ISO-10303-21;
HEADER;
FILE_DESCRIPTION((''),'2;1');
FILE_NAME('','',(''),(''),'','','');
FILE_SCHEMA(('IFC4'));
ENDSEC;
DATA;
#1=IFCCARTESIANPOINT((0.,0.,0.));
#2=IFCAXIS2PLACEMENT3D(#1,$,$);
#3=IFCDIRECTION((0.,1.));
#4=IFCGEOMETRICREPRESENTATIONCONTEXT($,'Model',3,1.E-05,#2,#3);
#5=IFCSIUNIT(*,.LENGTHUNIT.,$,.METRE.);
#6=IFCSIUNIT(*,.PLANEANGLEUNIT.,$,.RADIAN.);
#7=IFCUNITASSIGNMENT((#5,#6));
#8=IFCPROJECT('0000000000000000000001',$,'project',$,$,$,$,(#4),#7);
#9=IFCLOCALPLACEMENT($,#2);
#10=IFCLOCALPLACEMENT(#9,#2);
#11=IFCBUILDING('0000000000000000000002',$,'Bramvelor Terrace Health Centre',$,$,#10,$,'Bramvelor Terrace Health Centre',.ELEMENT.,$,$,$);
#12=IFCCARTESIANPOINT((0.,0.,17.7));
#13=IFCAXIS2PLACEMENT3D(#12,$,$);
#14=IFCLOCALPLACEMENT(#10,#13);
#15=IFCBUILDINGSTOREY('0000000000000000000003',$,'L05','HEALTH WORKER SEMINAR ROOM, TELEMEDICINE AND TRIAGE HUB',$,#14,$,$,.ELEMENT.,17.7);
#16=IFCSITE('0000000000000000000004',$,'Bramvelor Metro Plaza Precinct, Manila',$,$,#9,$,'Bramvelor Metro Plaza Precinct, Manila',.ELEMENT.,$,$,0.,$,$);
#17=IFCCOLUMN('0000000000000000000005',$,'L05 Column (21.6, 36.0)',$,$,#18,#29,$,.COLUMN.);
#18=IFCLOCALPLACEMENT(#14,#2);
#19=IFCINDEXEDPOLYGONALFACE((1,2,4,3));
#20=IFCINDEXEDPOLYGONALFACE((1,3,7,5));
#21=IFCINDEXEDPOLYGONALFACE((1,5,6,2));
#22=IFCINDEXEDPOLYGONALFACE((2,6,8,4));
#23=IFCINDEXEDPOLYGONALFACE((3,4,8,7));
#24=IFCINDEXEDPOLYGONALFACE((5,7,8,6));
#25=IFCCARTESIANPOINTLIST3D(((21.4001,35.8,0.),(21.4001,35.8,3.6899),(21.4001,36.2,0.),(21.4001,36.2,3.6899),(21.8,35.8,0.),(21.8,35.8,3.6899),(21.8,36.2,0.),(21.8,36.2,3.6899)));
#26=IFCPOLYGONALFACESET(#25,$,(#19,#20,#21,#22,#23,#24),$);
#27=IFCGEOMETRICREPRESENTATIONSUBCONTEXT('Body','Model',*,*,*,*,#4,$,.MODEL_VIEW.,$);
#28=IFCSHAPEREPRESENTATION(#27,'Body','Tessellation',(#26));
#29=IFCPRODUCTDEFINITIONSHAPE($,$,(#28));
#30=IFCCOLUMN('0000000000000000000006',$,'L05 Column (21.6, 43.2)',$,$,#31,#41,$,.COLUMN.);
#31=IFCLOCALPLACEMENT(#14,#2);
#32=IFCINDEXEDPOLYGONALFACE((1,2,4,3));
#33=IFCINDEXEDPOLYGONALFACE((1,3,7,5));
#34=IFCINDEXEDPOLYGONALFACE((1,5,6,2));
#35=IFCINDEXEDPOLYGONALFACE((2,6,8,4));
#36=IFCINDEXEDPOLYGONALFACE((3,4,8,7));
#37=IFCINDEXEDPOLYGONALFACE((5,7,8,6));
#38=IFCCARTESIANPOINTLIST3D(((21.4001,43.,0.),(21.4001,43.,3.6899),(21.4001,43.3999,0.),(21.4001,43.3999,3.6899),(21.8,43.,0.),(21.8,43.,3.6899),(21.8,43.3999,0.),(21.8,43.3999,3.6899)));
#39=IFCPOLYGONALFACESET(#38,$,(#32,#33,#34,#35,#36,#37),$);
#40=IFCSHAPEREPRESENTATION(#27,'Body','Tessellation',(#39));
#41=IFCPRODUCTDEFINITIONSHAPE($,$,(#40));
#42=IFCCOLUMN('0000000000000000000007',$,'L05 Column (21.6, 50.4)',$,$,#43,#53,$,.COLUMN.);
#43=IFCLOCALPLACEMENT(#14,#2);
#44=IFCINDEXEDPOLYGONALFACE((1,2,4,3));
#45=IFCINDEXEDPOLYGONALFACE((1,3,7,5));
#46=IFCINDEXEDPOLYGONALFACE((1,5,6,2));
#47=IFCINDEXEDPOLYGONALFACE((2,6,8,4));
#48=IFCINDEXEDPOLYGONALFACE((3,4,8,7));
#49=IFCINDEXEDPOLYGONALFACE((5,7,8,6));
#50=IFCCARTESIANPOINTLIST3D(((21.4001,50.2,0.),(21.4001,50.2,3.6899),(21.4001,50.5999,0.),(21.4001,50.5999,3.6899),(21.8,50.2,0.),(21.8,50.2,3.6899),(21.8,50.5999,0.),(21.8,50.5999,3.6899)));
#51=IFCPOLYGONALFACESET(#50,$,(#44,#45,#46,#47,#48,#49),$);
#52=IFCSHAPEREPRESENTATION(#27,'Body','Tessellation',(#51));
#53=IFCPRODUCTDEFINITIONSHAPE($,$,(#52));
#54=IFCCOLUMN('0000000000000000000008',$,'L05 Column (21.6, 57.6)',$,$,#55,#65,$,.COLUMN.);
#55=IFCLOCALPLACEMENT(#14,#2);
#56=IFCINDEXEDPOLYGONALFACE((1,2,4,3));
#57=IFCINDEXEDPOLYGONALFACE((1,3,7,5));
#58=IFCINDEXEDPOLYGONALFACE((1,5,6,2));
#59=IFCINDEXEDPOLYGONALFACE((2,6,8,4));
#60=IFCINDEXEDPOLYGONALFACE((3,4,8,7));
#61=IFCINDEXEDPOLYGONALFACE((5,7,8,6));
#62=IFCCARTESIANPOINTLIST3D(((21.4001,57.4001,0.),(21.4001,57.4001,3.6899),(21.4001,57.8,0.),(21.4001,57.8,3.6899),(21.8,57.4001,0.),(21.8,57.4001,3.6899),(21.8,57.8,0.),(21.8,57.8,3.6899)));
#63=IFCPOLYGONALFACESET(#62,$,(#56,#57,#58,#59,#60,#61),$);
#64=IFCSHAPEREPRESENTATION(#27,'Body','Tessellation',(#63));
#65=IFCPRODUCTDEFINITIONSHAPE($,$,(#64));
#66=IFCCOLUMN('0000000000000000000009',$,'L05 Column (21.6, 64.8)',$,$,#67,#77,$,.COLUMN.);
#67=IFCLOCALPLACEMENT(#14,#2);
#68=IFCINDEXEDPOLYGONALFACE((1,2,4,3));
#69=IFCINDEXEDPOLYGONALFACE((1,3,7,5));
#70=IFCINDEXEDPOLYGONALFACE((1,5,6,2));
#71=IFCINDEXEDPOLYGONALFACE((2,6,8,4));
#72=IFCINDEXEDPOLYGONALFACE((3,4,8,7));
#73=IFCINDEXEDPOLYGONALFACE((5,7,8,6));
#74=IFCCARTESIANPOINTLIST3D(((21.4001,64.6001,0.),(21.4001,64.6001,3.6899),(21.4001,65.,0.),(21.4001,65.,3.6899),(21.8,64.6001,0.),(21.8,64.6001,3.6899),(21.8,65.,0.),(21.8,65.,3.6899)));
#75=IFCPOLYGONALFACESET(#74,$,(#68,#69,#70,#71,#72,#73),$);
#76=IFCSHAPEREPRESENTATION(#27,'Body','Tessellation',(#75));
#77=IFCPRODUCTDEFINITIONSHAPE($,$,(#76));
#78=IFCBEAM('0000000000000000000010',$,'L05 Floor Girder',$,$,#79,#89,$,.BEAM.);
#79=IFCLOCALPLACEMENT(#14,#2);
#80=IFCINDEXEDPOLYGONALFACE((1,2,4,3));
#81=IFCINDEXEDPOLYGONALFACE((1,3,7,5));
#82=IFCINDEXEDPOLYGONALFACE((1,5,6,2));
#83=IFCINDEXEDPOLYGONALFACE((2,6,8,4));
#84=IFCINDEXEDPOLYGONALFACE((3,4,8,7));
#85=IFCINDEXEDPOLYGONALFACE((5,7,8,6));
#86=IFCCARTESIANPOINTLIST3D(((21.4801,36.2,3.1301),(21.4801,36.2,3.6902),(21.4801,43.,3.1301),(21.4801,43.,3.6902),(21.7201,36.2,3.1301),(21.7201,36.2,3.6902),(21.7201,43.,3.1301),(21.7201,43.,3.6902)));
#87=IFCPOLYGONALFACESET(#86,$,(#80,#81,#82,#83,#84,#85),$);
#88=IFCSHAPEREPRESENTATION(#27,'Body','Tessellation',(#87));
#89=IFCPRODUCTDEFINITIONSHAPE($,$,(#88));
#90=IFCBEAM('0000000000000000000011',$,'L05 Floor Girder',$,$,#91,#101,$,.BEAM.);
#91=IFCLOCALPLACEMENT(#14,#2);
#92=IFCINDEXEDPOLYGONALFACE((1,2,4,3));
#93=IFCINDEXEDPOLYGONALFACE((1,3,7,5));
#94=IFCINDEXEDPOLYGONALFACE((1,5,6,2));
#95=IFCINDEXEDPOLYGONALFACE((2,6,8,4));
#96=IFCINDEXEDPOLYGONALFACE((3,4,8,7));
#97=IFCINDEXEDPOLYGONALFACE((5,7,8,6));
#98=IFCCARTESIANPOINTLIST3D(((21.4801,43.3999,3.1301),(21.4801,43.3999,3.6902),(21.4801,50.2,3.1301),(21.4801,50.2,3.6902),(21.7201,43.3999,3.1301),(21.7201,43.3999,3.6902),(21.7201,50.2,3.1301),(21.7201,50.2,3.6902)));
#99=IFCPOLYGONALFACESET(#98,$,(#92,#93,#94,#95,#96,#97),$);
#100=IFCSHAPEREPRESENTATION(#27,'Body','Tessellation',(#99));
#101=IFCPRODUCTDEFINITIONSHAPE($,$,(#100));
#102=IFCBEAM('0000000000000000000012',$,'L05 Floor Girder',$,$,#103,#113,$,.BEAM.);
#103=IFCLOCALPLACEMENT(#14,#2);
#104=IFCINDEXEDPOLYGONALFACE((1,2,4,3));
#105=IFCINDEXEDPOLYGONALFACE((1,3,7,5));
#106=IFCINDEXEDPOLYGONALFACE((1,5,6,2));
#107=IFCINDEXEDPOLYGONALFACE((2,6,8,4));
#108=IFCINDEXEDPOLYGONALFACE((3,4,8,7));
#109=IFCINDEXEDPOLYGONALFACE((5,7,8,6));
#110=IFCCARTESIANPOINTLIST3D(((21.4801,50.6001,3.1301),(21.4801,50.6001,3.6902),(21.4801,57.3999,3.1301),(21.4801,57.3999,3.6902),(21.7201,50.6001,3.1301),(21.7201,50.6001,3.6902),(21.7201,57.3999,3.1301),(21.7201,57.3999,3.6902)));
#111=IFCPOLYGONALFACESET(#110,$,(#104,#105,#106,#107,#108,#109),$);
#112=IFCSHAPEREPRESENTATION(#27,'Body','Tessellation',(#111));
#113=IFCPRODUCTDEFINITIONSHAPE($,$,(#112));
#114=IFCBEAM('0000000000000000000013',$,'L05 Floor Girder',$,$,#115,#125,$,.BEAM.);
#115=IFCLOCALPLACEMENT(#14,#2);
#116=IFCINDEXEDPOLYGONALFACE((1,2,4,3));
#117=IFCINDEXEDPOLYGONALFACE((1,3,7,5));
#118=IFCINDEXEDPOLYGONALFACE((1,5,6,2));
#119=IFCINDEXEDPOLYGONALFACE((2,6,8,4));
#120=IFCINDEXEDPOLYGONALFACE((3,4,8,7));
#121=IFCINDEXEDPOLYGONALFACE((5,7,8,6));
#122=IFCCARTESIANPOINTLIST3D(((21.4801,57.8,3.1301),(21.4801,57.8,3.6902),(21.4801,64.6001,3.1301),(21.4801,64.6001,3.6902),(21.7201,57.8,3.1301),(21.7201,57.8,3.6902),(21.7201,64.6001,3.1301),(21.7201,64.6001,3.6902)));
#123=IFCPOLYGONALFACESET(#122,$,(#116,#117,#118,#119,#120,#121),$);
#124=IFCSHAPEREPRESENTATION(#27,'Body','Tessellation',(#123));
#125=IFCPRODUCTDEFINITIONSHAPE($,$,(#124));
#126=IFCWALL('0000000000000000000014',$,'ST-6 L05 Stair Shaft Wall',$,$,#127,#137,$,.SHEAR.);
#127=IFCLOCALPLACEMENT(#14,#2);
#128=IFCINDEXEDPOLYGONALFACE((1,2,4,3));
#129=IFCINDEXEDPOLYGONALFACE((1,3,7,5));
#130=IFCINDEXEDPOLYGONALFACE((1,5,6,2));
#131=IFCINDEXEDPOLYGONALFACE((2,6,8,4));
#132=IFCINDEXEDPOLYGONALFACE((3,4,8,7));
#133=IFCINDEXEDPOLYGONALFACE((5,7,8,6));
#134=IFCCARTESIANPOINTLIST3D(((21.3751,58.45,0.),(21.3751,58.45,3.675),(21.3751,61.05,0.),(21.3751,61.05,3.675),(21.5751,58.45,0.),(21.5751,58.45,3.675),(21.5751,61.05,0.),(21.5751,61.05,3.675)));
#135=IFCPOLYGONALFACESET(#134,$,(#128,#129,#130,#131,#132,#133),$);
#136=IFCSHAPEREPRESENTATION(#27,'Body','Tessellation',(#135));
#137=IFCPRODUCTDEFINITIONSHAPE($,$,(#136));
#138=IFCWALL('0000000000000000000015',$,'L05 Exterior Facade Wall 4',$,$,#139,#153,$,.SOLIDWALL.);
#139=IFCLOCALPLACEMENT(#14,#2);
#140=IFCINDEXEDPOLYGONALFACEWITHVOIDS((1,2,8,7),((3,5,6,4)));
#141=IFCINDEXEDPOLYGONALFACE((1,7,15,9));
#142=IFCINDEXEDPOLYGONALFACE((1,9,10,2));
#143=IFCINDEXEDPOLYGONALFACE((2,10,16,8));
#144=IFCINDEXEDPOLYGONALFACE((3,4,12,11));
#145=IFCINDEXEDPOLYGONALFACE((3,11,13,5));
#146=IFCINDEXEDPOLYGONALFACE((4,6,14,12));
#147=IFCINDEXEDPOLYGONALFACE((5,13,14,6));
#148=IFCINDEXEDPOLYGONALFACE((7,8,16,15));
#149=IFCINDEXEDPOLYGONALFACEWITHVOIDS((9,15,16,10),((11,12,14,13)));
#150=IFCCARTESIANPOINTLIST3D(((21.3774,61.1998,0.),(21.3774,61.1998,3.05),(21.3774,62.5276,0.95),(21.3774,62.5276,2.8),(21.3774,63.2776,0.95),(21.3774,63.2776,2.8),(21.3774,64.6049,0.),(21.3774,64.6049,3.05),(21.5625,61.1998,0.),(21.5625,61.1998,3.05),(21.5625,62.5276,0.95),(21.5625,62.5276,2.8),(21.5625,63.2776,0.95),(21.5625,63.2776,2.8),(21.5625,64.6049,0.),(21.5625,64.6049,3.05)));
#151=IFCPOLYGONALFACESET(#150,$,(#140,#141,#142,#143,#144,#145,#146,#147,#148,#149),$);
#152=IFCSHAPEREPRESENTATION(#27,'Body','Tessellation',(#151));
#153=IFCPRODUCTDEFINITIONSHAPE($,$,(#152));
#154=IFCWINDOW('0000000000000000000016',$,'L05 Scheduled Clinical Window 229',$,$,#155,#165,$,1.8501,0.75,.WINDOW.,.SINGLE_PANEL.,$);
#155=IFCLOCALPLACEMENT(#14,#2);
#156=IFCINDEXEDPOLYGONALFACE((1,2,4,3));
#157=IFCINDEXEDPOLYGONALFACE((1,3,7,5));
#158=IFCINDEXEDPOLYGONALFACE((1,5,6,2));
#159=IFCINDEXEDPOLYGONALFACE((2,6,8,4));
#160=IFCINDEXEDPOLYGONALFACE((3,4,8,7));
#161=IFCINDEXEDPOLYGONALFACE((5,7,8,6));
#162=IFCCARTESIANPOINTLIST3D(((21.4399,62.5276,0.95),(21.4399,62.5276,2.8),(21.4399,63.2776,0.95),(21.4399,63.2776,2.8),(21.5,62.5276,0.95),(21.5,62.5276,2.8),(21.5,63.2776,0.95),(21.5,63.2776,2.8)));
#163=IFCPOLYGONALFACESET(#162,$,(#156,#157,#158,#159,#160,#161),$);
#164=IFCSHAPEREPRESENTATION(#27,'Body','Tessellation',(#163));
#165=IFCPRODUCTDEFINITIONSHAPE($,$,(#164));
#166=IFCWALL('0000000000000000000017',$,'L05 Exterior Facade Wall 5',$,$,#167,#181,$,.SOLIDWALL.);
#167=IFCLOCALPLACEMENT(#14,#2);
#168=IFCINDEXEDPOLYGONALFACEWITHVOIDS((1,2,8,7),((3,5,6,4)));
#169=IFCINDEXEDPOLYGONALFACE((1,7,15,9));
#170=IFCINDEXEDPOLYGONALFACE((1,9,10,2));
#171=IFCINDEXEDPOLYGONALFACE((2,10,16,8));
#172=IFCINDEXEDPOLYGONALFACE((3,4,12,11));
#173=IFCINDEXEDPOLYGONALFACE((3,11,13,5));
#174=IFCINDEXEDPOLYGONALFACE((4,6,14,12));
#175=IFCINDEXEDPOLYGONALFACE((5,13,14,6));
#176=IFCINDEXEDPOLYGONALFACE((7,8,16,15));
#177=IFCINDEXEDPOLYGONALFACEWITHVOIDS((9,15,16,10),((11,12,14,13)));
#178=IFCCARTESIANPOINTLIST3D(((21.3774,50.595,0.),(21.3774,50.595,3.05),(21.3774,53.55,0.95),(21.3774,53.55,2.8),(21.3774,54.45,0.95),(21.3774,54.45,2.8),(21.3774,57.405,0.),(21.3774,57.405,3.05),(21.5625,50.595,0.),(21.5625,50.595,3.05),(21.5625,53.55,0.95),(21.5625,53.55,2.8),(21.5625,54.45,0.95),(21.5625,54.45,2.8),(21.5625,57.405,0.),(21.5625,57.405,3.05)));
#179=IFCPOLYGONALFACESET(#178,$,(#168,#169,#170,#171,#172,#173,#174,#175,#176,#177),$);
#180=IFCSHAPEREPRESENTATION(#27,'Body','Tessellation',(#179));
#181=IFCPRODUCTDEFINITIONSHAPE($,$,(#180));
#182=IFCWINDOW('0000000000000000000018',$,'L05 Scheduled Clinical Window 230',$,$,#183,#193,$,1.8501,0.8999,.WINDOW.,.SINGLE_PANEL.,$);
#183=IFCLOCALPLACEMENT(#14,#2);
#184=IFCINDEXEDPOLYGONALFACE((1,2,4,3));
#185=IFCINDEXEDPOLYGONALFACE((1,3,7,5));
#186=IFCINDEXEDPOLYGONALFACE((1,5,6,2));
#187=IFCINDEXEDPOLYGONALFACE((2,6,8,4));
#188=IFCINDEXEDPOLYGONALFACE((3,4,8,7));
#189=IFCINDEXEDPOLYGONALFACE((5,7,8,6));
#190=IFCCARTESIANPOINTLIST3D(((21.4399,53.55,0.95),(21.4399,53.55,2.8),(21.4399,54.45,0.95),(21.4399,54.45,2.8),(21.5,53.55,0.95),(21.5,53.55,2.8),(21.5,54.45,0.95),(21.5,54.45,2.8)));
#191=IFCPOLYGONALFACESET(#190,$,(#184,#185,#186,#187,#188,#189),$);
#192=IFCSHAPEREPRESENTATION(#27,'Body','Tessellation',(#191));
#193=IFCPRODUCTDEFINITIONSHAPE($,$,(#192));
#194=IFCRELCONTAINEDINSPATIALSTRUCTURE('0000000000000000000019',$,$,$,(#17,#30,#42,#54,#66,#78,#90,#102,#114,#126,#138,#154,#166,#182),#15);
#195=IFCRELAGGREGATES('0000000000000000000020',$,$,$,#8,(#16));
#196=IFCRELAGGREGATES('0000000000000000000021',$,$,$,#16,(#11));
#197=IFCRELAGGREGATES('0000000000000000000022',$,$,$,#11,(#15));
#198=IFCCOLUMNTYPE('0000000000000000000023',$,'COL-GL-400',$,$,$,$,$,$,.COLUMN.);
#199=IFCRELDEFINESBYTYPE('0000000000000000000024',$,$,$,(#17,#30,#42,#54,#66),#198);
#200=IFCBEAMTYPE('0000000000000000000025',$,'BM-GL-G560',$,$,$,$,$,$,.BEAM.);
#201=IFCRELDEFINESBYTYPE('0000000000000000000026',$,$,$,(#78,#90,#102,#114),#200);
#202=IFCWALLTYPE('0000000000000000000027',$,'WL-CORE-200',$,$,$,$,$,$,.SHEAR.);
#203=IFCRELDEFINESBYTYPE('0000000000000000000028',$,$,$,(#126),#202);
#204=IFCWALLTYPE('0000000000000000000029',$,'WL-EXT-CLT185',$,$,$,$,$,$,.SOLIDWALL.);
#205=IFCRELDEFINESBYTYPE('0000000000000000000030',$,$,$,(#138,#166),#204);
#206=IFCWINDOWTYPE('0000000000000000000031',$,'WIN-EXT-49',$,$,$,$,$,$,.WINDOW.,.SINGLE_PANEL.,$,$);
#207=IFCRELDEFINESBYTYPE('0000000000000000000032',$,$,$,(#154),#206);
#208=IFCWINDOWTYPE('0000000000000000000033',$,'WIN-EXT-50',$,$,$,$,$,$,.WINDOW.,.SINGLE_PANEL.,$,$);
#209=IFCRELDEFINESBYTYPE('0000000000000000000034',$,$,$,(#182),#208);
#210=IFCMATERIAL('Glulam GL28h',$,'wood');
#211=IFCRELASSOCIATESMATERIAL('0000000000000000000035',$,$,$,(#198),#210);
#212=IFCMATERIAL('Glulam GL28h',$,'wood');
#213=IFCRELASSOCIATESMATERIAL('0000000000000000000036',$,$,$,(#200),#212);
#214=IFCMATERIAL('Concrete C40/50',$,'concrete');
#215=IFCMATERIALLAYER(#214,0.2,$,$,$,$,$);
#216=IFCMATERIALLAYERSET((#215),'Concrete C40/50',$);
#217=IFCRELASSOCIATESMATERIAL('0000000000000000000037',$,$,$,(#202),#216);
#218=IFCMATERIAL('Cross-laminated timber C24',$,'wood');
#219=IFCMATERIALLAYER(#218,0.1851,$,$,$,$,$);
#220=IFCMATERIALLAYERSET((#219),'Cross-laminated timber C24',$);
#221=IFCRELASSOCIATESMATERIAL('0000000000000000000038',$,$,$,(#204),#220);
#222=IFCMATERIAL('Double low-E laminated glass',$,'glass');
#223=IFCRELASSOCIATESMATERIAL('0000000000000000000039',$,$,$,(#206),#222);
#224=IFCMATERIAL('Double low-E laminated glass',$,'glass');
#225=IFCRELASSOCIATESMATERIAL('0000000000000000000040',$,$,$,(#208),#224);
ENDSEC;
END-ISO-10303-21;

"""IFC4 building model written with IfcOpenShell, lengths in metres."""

from ifc_helpers import new_model, si_unit, direction, frame, frame_2d, origin, origin_2d, place, context, subcontext, project, spatial, rectangle, extrude, material, layer, layer_set, material_profile, profile_set, type_object, element, fill, save


model = new_model("IFC4")

# Units and contexts
model_context = context("Model", 3, precision=1e-05, world=origin(), true_north=direction((0.0, 1.0)))
body_context = subcontext(model_context, "Body", "Model", "MODEL_VIEW")
ifc_project = project(units=[si_unit("LENGTHUNIT", "METRE"), si_unit("PLANEANGLEUNIT", "RADIAN")], contexts=[model_context])

# Site, building, storey
site_placement = place(None, origin())
site = spatial("IfcSite", under=ifc_project, at=site_placement, Name="Bramvelor Metro Plaza Precinct, Manila", LongName="Bramvelor Metro Plaza Precinct, Manila", CompositionType="ELEMENT", RefElevation=0.0)
building_placement = place(site_placement, origin())
building = spatial("IfcBuilding", under=site, at=building_placement, Name="Bramvelor Terrace Health Centre", LongName="Bramvelor Terrace Health Centre", CompositionType="ELEMENT")
storey_placement = place(building_placement, frame((0.0, 0.0, 17.7)))
storey = spatial("IfcBuildingStorey", under=building, at=storey_placement, Name="L05", Description="HEALTH WORKER SEMINAR ROOM, TELEMEDICINE AND TRIAGE HUB", CompositionType="ELEMENT", Elevation=17.7)

# Columns
ifc_material_1 = material(Name="Glulam GL28h", Category="wood")
ifc_material_profile_1 = material_profile(ifc_material_1, rectangle(XDim=0.3999, YDim=0.3999, at=origin_2d()), Name="GL 400x400")
ifc_profile_set_1 = profile_set([ifc_material_profile_1], Name="Glulam GL28h")
column_type = type_object("IfcColumnType", Name="COL-GL-400", PredefinedType="COLUMN", material=ifc_profile_set_1)
for number, where, z_axis, x_axis, name in (
    (1, (21.6001, 36.0, 0.0), (0.0, 0.0, 1.0), (1.0, 0.0, 0.0), "L05 Column (21.6, 36.0)"),
    (2, (21.6001, 43.2, 0.0), (0.0, 0.0, 1.0), (1.0, 0.0, 0.0), "L05 Column (21.6, 43.2)"),
    (3, (21.6001, 50.3999, 0.0), (0.0, 0.0, 1.0), (1.0, 0.0, 0.0), "L05 Column (21.6, 50.4)"),
    (4, (21.6001, 57.6001, 0.0), (0.0, 0.0, 1.0), (1.0, 0.0, 0.0), "L05 Column (21.6, 57.6)"),
    (5, (21.6001, 64.8, 0.0), (0.0, 0.0, 1.0), (1.0, 0.0, 0.0), "L05 Column (21.6, 64.8)"),
):
    element("IfcColumn", number, at=place(storey_placement, frame(where, z_axis=z_axis, x_axis=x_axis)), inside=storey, type_object=column_type, Name=name, PredefinedType="COLUMN", context=body_context, shape_type="SweptSolid", body=[
        extrude(rectangle(XDim=0.3999, YDim=0.3999, at=origin_2d()), origin(), (0.0, 0.0, 1.0), 3.6899),
    ])

# Beams
ifc_material_2 = material(Name="Glulam GL28h", Category="wood")
ifc_material_profile_2 = material_profile(ifc_material_2, rectangle(XDim=0.24, YDim=0.5601, at=origin_2d()), Name="GL 240x560")
ifc_profile_set_2 = profile_set([ifc_material_profile_2], Name="Glulam GL28h")
beam_type = type_object("IfcBeamType", Name="BM-GL-G560", PredefinedType="BEAM", material=ifc_profile_set_2)
for number, where, z_axis, x_axis, name in (
    (6, (21.6001, 36.2, 3.4102), (0.0, 1.0, 0.0), (-1.0, 0.0, 0.0), "L05 Floor Girder"),
    (7, (21.6001, 43.3999, 3.4102), (0.0, 1.0, 0.0), (-1.0, 0.0, 0.0), "L05 Floor Girder"),
):
    element("IfcBeam", number, at=place(storey_placement, frame(where, z_axis=z_axis, x_axis=x_axis)), inside=storey, type_object=beam_type, Name=name, PredefinedType="BEAM", context=body_context, shape_type="SweptSolid", body=[
        extrude(rectangle(XDim=0.24, YDim=0.5601, at=origin_2d()), origin(), (0.0, 0.0, 1.0), 6.8),
    ])
beam_1_placement = place(storey_placement, frame((21.6001, 50.6001, 3.4102), z_axis=(0.0, 1.0, 0.0), x_axis=(-1.0, 0.0, 0.0)))
element("IfcBeam", 8, at=beam_1_placement, inside=storey, type_object=beam_type, Name="L05 Floor Girder", PredefinedType="BEAM", context=body_context, shape_type="SweptSolid", body=[
    extrude(rectangle(XDim=0.24, YDim=0.5601, at=origin_2d()), origin(), (0.0, 0.0, 1.0), 6.7998),
])
beam_2_placement = place(storey_placement, frame((21.6001, 57.8, 3.4102), z_axis=(0.0, 1.0, 0.0), x_axis=(-1.0, 0.0, 0.0)))
element("IfcBeam", 9, at=beam_2_placement, inside=storey, type_object=beam_type, Name="L05 Floor Girder", PredefinedType="BEAM", context=body_context, shape_type="SweptSolid", body=[
    extrude(rectangle(XDim=0.24, YDim=0.5601, at=origin_2d()), origin(), (0.0, 0.0, 1.0), 6.8),
])

# Wall
ifc_material_3 = material(Name="Concrete C40/50", Category="concrete")
ifc_layer_1 = layer(ifc_material_3, 0.2)
ifc_layer_set_1 = layer_set([ifc_layer_1], Name="Concrete C40/50")
wall_type_1 = type_object("IfcWallType", Name="WL-CORE-200", PredefinedType="SHEAR", material=ifc_layer_set_1)
wall_1_placement = place(storey_placement, frame((21.4751, 58.45, 0.0), z_axis=(0.0, 0.0, 1.0), x_axis=(0.0, 1.0, 0.0)))
element("IfcWall", 10, at=wall_1_placement, inside=storey, type_object=wall_type_1, Name="ST-6 L05 Stair Shaft Wall", PredefinedType="SHEAR", context=body_context, shape_type="SweptSolid", body=[
    extrude(rectangle(XDim=2.6001, YDim=0.2, at=frame_2d((1.3, 0.0))), origin(), (0.0, 0.0, 1.0), 3.675),
])

# Walls, openings, windows
ifc_material_4 = material(Name="Cross-laminated timber C24", Category="wood")
ifc_layer_2 = layer(ifc_material_4, 0.1851)
ifc_layer_set_2 = layer_set([ifc_layer_2], Name="Cross-laminated timber C24")
wall_type_2 = type_object("IfcWallType", Name="WL-EXT-CLT185", PredefinedType="SOLIDWALL", material=ifc_layer_set_2)
wall_2_placement = place(storey_placement, frame((21.47, 64.605, 0.0), z_axis=(0.0, 0.0, 1.0), x_axis=(0.0, -1.0, 0.0)))
wall_2 = element("IfcWall", 11, at=wall_2_placement, inside=storey, type_object=wall_type_2, Name="L05 Exterior Facade Wall 4", PredefinedType="SOLIDWALL", context=body_context, shape_type="SweptSolid", body=[
    extrude(rectangle(XDim=3.405, YDim=0.1851, at=frame_2d((1.7026, 0.0))), origin(), (0.0, 0.0, 1.0), 3.05),
])
opening_1_placement = place(wall_2_placement, frame((1.3274, 0.0, 0.95)))
opening_1 = element("IfcOpeningElement", 12, at=opening_1_placement, cuts=wall_2, PredefinedType="OPENING", context=body_context, shape_type="SweptSolid", body=[
    extrude(rectangle(XDim=0.75, YDim=1.8501, at=frame_2d((0.375, 0.925))), frame((0.0, 0.1025, 0.0), z_axis=(0.0, -1.0, 0.0), x_axis=(1.0, 0.0, 0.0)), (0.0, 0.0, 1.0), 0.2051),
])
ifc_material_5 = material(Name="Double low-E laminated glass", Category="glass")
window_type_1 = type_object("IfcWindowType", Name="WIN-EXT-49", PartitioningType="SINGLE_PANEL", PredefinedType="WINDOW", material=ifc_material_5)
window_1_placement = place(opening_1_placement, origin())
window_1 = element("IfcWindow", 13, at=window_1_placement, inside=storey, type_object=window_type_1, Name="L05 Scheduled Clinical Window 229", OverallHeight=1.8501, OverallWidth=0.75, PartitioningType="SINGLE_PANEL", PredefinedType="WINDOW", context=body_context, shape_type="SweptSolid", body=[
    extrude(rectangle(XDim=0.75, YDim=1.8501, at=frame_2d((0.375, 0.925))), frame((0.0, 0.03, 0.0), z_axis=(0.0, -1.0, 0.0), x_axis=(1.0, 0.0, 0.0)), (0.0, 0.0, 1.0), 0.0601),
])
fill(opening_1, window_1)
wall_3_placement = place(storey_placement, frame((21.47, 57.405, 0.0), z_axis=(0.0, 0.0, 1.0), x_axis=(0.0, -1.0, 0.0)))
wall_3 = element("IfcWall", 14, at=wall_3_placement, inside=storey, type_object=wall_type_2, Name="L05 Exterior Facade Wall 5", PredefinedType="SOLIDWALL", context=body_context, shape_type="SweptSolid", body=[
    extrude(rectangle(XDim=6.8101, YDim=0.1851, at=frame_2d((3.405, 0.0))), origin(), (0.0, 0.0, 1.0), 3.05),
])
opening_2_placement = place(wall_3_placement, frame((2.9551, 0.0, 0.95)))
opening_2 = element("IfcOpeningElement", 15, at=opening_2_placement, cuts=wall_3, PredefinedType="OPENING", context=body_context, shape_type="SweptSolid", body=[
    extrude(rectangle(XDim=0.8999, YDim=1.8501, at=frame_2d((0.45, 0.925))), frame((0.0, 0.1025, 0.0), z_axis=(0.0, -1.0, 0.0), x_axis=(1.0, 0.0, 0.0)), (0.0, 0.0, 1.0), 0.2051),
])
ifc_material_6 = material(Name="Double low-E laminated glass", Category="glass")
window_type_2 = type_object("IfcWindowType", Name="WIN-EXT-50", PartitioningType="SINGLE_PANEL", PredefinedType="WINDOW", material=ifc_material_6)
window_2_placement = place(opening_2_placement, origin())
window_2 = element("IfcWindow", 16, at=window_2_placement, inside=storey, type_object=window_type_2, Name="L05 Scheduled Clinical Window 230", OverallHeight=1.8501, OverallWidth=0.8999, PartitioningType="SINGLE_PANEL", PredefinedType="WINDOW", context=body_context, shape_type="SweptSolid", body=[
    extrude(rectangle(XDim=0.8999, YDim=1.8501, at=frame_2d((0.45, 0.925))), frame((0.0, 0.03, 0.0), z_axis=(0.0, -1.0, 0.0), x_axis=(1.0, 0.0, 0.0)), (0.0, 0.0, 1.0), 0.0601),
])
fill(opening_2, window_2)

save(model, "model.ifc")
